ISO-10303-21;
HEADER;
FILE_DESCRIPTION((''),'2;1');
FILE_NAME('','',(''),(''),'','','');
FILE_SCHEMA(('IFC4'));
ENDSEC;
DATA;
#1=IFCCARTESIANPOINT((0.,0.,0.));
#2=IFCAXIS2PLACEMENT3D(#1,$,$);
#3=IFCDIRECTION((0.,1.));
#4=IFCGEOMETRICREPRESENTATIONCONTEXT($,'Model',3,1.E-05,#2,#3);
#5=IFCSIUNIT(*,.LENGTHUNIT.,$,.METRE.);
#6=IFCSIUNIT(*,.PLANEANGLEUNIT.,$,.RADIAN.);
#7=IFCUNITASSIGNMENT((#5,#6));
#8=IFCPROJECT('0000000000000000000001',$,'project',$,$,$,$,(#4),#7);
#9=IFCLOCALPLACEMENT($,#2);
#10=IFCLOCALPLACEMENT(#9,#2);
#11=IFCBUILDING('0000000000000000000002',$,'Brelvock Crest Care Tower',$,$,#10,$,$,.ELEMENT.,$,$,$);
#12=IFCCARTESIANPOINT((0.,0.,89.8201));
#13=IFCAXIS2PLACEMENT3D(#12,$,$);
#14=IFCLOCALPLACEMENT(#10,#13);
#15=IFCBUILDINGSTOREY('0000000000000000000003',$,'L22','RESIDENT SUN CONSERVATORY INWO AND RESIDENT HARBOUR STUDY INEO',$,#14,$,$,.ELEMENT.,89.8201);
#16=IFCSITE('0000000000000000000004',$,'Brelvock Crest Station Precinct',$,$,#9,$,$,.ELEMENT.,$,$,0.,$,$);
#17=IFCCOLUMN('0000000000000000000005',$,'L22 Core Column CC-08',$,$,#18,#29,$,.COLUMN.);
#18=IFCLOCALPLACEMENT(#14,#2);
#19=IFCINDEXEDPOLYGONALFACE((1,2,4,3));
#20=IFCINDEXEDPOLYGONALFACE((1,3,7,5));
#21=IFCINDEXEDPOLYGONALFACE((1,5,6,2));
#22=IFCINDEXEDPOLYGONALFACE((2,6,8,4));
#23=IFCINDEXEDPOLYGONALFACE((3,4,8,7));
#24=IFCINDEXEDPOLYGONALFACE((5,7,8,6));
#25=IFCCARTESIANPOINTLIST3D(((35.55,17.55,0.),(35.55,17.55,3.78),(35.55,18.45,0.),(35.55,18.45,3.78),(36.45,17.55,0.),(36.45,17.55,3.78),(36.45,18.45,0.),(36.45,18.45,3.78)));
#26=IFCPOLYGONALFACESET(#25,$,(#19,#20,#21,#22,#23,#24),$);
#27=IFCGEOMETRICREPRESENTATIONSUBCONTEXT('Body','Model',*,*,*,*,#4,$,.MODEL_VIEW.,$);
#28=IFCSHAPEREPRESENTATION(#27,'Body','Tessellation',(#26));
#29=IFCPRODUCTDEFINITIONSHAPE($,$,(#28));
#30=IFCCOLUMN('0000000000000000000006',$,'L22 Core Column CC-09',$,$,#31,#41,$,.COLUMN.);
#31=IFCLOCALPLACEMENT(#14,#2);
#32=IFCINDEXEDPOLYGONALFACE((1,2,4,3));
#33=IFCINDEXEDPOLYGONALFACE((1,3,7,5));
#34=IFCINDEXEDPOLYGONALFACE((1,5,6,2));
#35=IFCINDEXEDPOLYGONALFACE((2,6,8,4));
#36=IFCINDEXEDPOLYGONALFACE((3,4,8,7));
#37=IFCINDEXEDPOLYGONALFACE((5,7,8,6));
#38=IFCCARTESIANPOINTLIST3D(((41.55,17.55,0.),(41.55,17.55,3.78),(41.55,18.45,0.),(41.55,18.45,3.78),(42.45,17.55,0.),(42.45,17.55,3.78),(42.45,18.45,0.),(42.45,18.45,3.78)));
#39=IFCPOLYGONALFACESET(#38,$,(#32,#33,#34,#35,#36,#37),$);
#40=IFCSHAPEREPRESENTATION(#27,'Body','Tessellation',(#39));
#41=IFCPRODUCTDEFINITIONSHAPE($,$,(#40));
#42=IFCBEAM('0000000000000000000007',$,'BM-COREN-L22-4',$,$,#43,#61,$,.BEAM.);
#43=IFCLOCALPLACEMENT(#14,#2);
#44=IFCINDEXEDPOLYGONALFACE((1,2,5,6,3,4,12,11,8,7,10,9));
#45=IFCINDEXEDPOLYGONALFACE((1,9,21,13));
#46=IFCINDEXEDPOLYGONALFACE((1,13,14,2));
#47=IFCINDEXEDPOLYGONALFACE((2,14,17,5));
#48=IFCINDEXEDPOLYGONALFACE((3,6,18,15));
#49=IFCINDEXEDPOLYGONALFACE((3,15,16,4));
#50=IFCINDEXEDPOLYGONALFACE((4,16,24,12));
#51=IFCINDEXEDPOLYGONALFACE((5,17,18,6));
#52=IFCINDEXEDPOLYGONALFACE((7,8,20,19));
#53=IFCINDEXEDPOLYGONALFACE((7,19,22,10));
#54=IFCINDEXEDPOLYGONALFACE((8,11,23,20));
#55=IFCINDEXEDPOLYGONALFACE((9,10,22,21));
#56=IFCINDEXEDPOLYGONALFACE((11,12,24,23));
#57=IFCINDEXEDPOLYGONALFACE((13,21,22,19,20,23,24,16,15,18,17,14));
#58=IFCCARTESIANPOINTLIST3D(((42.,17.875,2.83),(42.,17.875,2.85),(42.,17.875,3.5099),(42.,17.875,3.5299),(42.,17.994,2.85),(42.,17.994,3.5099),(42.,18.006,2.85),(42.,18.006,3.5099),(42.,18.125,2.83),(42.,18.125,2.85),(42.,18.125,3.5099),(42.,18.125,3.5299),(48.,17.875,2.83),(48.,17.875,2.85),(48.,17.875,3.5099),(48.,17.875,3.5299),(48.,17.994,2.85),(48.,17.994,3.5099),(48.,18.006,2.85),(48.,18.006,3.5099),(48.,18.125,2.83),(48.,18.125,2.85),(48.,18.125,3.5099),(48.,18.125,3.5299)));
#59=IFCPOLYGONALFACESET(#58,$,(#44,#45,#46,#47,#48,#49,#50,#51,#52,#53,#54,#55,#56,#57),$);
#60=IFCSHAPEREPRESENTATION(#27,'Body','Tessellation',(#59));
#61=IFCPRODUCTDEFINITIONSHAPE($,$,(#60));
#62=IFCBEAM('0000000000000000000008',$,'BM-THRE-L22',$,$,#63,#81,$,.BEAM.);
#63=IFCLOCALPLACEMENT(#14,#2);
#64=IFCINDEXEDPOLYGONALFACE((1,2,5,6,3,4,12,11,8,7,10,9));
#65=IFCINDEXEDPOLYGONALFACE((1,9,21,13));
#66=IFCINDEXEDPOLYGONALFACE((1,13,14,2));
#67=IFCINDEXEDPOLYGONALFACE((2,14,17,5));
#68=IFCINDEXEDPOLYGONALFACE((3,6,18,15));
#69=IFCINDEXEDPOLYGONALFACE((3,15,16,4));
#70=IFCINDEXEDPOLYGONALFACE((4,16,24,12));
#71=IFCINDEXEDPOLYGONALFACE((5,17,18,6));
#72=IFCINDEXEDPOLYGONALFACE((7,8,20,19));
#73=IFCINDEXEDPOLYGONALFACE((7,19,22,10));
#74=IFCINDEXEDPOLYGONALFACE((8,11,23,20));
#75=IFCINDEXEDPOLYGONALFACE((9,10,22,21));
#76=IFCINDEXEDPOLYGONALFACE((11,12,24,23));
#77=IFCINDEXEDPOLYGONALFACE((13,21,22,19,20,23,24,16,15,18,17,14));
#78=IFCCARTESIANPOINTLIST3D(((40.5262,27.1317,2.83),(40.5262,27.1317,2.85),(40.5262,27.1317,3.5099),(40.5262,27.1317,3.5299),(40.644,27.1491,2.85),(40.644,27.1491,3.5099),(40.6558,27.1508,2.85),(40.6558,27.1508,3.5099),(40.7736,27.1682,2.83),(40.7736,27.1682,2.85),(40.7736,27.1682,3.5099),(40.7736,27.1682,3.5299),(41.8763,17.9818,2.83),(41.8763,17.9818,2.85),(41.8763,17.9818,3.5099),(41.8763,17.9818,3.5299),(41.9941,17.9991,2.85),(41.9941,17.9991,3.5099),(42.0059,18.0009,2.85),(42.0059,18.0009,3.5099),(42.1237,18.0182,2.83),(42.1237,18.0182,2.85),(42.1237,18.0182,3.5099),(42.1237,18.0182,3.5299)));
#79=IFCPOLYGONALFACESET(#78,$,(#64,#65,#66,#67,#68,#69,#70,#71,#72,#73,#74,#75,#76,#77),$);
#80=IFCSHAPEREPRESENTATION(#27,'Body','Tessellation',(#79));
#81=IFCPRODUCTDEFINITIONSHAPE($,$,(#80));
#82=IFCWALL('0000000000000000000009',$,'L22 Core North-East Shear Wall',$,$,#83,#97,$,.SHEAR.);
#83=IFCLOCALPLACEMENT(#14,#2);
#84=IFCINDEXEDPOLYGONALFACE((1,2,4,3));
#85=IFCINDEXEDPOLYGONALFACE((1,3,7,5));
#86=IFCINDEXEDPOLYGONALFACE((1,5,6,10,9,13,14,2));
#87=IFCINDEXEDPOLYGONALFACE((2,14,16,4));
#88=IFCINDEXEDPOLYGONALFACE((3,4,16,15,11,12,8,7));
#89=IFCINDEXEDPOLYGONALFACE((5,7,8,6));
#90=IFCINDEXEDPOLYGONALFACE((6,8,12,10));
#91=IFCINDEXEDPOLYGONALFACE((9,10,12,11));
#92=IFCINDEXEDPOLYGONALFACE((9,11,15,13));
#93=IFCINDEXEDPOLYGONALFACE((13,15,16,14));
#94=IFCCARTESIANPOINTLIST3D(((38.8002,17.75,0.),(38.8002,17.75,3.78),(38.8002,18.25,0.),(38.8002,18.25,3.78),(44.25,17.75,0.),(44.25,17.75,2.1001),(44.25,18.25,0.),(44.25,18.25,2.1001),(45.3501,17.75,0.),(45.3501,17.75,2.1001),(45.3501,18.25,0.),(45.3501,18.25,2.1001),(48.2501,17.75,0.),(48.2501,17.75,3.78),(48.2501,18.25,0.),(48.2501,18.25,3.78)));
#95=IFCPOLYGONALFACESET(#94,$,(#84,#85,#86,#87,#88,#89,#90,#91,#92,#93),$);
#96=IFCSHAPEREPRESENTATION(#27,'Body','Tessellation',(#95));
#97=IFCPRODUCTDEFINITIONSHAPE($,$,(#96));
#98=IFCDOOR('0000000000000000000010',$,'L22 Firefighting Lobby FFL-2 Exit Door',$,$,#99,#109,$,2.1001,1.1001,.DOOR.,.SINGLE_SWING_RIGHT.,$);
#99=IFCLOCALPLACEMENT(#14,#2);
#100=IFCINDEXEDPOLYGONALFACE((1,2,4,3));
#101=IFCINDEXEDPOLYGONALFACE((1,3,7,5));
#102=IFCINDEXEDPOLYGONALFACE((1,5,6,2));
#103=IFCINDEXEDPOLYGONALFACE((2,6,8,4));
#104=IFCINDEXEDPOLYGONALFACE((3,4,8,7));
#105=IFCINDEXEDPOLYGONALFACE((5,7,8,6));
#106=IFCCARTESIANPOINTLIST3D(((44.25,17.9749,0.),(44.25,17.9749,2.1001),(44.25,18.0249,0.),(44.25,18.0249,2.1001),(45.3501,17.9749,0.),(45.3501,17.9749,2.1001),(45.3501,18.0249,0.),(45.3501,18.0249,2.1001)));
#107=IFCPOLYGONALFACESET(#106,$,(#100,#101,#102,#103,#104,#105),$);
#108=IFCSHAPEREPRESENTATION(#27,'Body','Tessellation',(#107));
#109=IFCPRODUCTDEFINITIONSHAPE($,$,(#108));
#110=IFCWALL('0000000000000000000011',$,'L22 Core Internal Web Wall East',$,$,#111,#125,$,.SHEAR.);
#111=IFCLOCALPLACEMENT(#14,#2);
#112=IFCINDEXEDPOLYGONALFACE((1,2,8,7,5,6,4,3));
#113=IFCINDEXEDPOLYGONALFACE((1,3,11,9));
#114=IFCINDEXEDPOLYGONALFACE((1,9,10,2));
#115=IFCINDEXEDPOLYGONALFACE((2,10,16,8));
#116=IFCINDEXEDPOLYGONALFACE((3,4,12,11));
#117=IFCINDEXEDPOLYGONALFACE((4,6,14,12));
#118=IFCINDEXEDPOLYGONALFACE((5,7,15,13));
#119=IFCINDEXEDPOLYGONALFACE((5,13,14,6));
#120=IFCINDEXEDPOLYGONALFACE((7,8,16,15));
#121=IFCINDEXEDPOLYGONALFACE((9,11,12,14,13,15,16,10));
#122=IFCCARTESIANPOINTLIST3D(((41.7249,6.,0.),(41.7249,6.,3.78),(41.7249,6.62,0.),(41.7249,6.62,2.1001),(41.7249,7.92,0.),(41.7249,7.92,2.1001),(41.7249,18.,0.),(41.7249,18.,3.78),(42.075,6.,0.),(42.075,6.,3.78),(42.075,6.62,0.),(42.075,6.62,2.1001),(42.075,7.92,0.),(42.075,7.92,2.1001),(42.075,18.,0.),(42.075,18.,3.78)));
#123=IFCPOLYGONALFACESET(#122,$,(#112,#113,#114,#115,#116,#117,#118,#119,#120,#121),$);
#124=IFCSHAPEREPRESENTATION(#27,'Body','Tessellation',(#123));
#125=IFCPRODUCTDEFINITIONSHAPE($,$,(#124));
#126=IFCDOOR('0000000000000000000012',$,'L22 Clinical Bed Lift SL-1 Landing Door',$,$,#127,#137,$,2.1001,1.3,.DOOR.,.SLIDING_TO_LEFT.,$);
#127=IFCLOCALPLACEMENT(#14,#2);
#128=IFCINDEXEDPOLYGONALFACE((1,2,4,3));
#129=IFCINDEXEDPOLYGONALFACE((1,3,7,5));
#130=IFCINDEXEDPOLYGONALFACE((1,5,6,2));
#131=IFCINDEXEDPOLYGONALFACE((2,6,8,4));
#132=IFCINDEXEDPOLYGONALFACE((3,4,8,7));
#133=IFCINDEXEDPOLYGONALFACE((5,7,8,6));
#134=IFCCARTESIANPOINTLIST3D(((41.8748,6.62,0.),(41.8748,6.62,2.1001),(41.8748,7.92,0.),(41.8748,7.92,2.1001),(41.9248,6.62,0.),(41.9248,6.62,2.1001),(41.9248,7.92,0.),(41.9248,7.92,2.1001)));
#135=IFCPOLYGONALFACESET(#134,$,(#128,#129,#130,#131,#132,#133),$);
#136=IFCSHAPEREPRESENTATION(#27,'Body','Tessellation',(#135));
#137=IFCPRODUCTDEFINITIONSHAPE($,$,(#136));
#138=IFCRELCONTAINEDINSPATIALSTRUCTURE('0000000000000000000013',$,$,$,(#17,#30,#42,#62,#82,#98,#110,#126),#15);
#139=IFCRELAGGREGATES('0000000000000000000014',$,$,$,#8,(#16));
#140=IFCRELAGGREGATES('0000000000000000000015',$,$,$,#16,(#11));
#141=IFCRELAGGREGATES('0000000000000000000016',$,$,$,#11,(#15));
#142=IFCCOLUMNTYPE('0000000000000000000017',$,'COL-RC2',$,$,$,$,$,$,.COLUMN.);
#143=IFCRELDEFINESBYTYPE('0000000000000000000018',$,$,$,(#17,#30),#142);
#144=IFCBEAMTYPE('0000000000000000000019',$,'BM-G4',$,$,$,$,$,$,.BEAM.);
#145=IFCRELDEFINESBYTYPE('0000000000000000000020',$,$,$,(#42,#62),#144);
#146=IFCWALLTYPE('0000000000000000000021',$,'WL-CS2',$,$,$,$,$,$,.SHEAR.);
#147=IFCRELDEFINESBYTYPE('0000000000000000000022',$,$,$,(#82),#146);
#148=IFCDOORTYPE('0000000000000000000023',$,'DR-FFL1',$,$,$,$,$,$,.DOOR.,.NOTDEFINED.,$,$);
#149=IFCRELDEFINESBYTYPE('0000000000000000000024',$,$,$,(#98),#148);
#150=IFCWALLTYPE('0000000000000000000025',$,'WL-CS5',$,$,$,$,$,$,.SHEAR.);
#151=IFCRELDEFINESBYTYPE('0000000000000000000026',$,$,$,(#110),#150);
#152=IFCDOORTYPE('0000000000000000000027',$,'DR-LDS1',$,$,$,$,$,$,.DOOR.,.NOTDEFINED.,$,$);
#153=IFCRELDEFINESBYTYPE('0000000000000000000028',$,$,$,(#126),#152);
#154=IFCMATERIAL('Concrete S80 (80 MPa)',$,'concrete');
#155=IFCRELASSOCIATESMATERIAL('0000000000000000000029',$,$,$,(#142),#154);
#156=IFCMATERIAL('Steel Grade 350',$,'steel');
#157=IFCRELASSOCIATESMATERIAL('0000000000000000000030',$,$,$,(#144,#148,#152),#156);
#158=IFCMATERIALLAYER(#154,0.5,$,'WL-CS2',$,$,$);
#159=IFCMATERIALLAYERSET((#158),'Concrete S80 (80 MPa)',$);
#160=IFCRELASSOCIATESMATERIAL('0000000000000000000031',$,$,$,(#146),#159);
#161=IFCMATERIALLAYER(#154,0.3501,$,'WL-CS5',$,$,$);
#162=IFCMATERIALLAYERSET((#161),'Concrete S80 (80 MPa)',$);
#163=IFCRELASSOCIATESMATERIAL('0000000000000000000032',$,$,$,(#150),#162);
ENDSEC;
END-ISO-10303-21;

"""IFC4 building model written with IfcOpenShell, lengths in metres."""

from ifc_helpers import new_model, si_unit, direction, frame, frame_2d, origin, origin_2d, place, context, subcontext, project, spatial, rectangle, i_section, extrude, source, transform, mapped, material, layer, layer_set, material_profile, profile_set, type_object, element, fill, save


model = new_model("IFC4")

# Units and contexts
model_context = context("Model", 3, precision=1e-05, world=origin(), true_north=direction((0.0, 1.0)))
body_context = subcontext(model_context, "Body", "Model", "MODEL_VIEW")
ifc_project = project(units=[si_unit("LENGTHUNIT", "METRE"), si_unit("PLANEANGLEUNIT", "RADIAN")], contexts=[model_context])

# Site, building, storey
site_placement = place(None, origin())
site = spatial("IfcSite", under=ifc_project, at=site_placement, Name="Brelvock Crest Station Precinct", CompositionType="ELEMENT", RefElevation=0.0)
building_placement = place(site_placement, origin())
building = spatial("IfcBuilding", under=site, at=building_placement, Name="Brelvock Crest Care Tower", CompositionType="ELEMENT")
storey_placement = place(building_placement, frame((0.0, 0.0, 89.8201)))
storey = spatial("IfcBuildingStorey", under=building, at=storey_placement, Name="L22", Description="RESIDENT SUN CONSERVATORY INWO AND RESIDENT HARBOUR STUDY INEO", CompositionType="ELEMENT", Elevation=89.8201)

# Columns
ifc_material_1 = material(Name="Concrete S80 (80 MPa)", Category="concrete")
ifc_material_profile_1 = material_profile(ifc_material_1, rectangle(XDim=0.8999, YDim=0.8999, at=origin_2d()), Name="RC900x900")
ifc_profile_set_1 = profile_set([ifc_material_profile_1], Name="Concrete S80 (80 MPa)")
column_type = type_object("IfcColumnType", Name="COL-RC2", PredefinedType="COLUMN", material=ifc_profile_set_1)
shared_shape_1 = source(origin(), body_context, "Body", "SweptSolid", [
    extrude(rectangle(XDim=0.8999, YDim=0.8999, at=origin_2d()), origin(), (0.0, 0.0, 1.0), 3.78),
])
for number, where, z_axis, x_axis, name in (
    (1, (36.0, 18.0, 0.0), (0.0, 0.0, 1.0), (1.0, 0.0, 0.0), "L22 Core Column CC-08"),
    (2, (42.0, 18.0, 0.0), (0.0, 0.0, 1.0), (1.0, 0.0, 0.0), "L22 Core Column CC-09"),
):
    element("IfcColumn", number, at=place(storey_placement, frame(where, z_axis=z_axis, x_axis=x_axis)), inside=storey, type_object=column_type, Name=name, PredefinedType="COLUMN", context=body_context, shape_type="MappedRepresentation", body=[
        mapped(shared_shape_1, transform((0.0, 0.0, 0.0), x_axis=(1.0, 0.0, 0.0), y_axis=(0.0, 1.0, 0.0), z_axis=(0.0, 0.0, 1.0), scale=1.0)),
    ])

# Beams
ifc_material_2 = material(Name="Steel Grade 350", Category="steel")
ifc_material_profile_2 = material_profile(ifc_material_2, i_section(OverallWidth=0.25, OverallDepth=0.7, WebThickness=0.012, FlangeThickness=0.02, at=origin_2d()), Name="700WB150")
ifc_profile_set_2 = profile_set([ifc_material_profile_2], Name="Steel Grade 350")
beam_type = type_object("IfcBeamType", Name="BM-G4", PredefinedType="BEAM", material=ifc_profile_set_2)
shared_shape_2 = source(origin(), body_context, "Body", "SweptSolid", [
    extrude(i_section(OverallWidth=0.25, OverallDepth=0.7, WebThickness=0.012, FlangeThickness=0.02, at=origin_2d()), origin(), (0.0, 0.0, 1.0), 6.0),
])
beam_1_placement = place(storey_placement, frame((42.0, 18.0, 3.1799), z_axis=(1.0, 0.0, 0.0), x_axis=(0.0, 1.0, 0.0)))
element("IfcBeam", 3, at=beam_1_placement, inside=storey, type_object=beam_type, Name="BM-COREN-L22-4", PredefinedType="BEAM", context=body_context, shape_type="MappedRepresentation", body=[
    mapped(shared_shape_2, transform((0.0, 0.0, 0.0), x_axis=(1.0, 0.0, 0.0), y_axis=(0.0, 1.0, 0.0), z_axis=(0.0, 0.0, 1.0), scale=1.0)),
])
shared_shape_3 = source(origin(), body_context, "Body", "SweptSolid", [
    extrude(i_section(OverallWidth=0.25, OverallDepth=0.7, WebThickness=0.012, FlangeThickness=0.02, at=origin_2d()), origin(), (0.0, 0.0, 1.0), 9.249),
])
beam_2_placement = place(storey_placement, frame((42.0, 18.0, 3.1799), z_axis=(-0.145973, 0.989289, 0.0), x_axis=(-0.989289, -0.145973, 0.0)))
element("IfcBeam", 4, at=beam_2_placement, inside=storey, type_object=beam_type, Name="BM-THRE-L22", PredefinedType="BEAM", context=body_context, shape_type="MappedRepresentation", body=[
    mapped(shared_shape_3, transform((0.0, 0.0, 0.0), x_axis=(1.0, 0.0, 0.0), y_axis=(0.0, 1.0, 0.0), z_axis=(0.0, 0.0, 1.0), scale=1.0)),
])

# Walls, openings, doors
ifc_layer_1 = layer(ifc_material_1, 0.5, Name="WL-CS2")
ifc_layer_set_1 = layer_set([ifc_layer_1], Name="Concrete S80 (80 MPa)")
wall_type_1 = type_object("IfcWallType", Name="WL-CS2", PredefinedType="SHEAR", material=ifc_layer_set_1)
wall_1_placement = place(storey_placement, frame((38.8, 18.0, 0.0), z_axis=(0.0, 0.0, 1.0), x_axis=(1.0, 0.0, 0.0)))
wall_1 = element("IfcWall", 5, at=wall_1_placement, inside=storey, type_object=wall_type_1, Name="L22 Core North-East Shear Wall", PredefinedType="SHEAR", context=body_context, shape_type="SweptSolid", body=[
    extrude(rectangle(XDim=9.45, YDim=0.5, at=frame_2d((4.7251, 0.0))), origin(), (0.0, 0.0, 1.0), 3.78),
])
opening_1_placement = place(wall_1_placement, frame((5.45, 0.0, 0.0)))
opening_1 = element("IfcOpeningElement", 6, at=opening_1_placement, cuts=wall_1, PredefinedType="OPENING", context=body_context, shape_type="SweptSolid", body=[
    extrude(rectangle(XDim=1.1001, YDim=2.1001, at=origin_2d()), frame((0.55, 0.26, 1.05), z_axis=(0.0, -1.0, 0.0), x_axis=(1.0, 0.0, 0.0)), (0.0, 0.0, 1.0), 0.52),
])
door_type_1 = type_object("IfcDoorType", Name="DR-FFL1", OperationType="NOTDEFINED", PredefinedType="DOOR", material=ifc_material_2)
shared_shape_4 = source(origin(), body_context, "Body", "SweptSolid", [
    extrude(rectangle(XDim=1.1001, YDim=2.1001, at=origin_2d()), frame((0.55, 0.0249, 1.05), z_axis=(0.0, -1.0, 0.0), x_axis=(1.0, 0.0, 0.0)), (0.0, 0.0, 1.0), 0.05),
])
door_1_placement = place(opening_1_placement, origin())
door_1 = element("IfcDoor", 7, at=door_1_placement, inside=storey, type_object=door_type_1, Name="L22 Firefighting Lobby FFL-2 Exit Door", OperationType="SINGLE_SWING_RIGHT", OverallHeight=2.1001, OverallWidth=1.1001, PredefinedType="DOOR", context=body_context, shape_type="MappedRepresentation", body=[
    mapped(shared_shape_4, transform((0.0, 0.0, 0.0), x_axis=(1.0, 0.0, 0.0), y_axis=(0.0, 1.0, 0.0), z_axis=(0.0, 0.0, 1.0), scale=1.0)),
])
fill(opening_1, door_1)
ifc_layer_2 = layer(ifc_material_1, 0.3501, Name="WL-CS5")
ifc_layer_set_2 = layer_set([ifc_layer_2], Name="Concrete S80 (80 MPa)")
wall_type_2 = type_object("IfcWallType", Name="WL-CS5", PredefinedType="SHEAR", material=ifc_layer_set_2)
wall_2_placement = place(storey_placement, frame((41.8999, 18.0, 0.0), z_axis=(0.0, 0.0, 1.0), x_axis=(0.0, -1.0, 0.0)))
wall_2 = element("IfcWall", 8, at=wall_2_placement, inside=storey, type_object=wall_type_2, Name="L22 Core Internal Web Wall East", PredefinedType="SHEAR", context=body_context, shape_type="SweptSolid", body=[
    extrude(rectangle(XDim=12.0, YDim=0.3501, at=frame_2d((6.0, 0.0))), origin(), (0.0, 0.0, 1.0), 3.78),
])
opening_2_placement = place(wall_2_placement, frame((10.0801, 0.0, 0.0)))
opening_2 = element("IfcOpeningElement", 9, at=opening_2_placement, cuts=wall_2, PredefinedType="OPENING", context=body_context, shape_type="SweptSolid", body=[
    extrude(rectangle(XDim=1.3, YDim=2.1001, at=origin_2d()), frame((0.6499, 0.1851, 1.05), z_axis=(0.0, -1.0, 0.0), x_axis=(1.0, 0.0, 0.0)), (0.0, 0.0, 1.0), 0.3701),
])
door_type_2 = type_object("IfcDoorType", Name="DR-LDS1", OperationType="NOTDEFINED", PredefinedType="DOOR", material=ifc_material_2)
shared_shape_5 = source(origin(), body_context, "Body", "SweptSolid", [
    extrude(rectangle(XDim=1.3, YDim=2.1001, at=origin_2d()), frame((0.6499, 0.0249, 1.05), z_axis=(0.0, -1.0, 0.0), x_axis=(1.0, 0.0, 0.0)), (0.0, 0.0, 1.0), 0.05),
])
door_2_placement = place(opening_2_placement, origin())
door_2 = element("IfcDoor", 10, at=door_2_placement, inside=storey, type_object=door_type_2, Name="L22 Clinical Bed Lift SL-1 Landing Door", OperationType="SLIDING_TO_LEFT", OverallHeight=2.1001, OverallWidth=1.3, PredefinedType="DOOR", context=body_context, shape_type="MappedRepresentation", body=[
    mapped(shared_shape_5, transform((0.0, 0.0, 0.0), x_axis=(1.0, 0.0, 0.0), y_axis=(0.0, 1.0, 0.0), z_axis=(0.0, 0.0, 1.0), scale=1.0)),
])
fill(opening_2, door_2)

save(model, "model.ifc")
